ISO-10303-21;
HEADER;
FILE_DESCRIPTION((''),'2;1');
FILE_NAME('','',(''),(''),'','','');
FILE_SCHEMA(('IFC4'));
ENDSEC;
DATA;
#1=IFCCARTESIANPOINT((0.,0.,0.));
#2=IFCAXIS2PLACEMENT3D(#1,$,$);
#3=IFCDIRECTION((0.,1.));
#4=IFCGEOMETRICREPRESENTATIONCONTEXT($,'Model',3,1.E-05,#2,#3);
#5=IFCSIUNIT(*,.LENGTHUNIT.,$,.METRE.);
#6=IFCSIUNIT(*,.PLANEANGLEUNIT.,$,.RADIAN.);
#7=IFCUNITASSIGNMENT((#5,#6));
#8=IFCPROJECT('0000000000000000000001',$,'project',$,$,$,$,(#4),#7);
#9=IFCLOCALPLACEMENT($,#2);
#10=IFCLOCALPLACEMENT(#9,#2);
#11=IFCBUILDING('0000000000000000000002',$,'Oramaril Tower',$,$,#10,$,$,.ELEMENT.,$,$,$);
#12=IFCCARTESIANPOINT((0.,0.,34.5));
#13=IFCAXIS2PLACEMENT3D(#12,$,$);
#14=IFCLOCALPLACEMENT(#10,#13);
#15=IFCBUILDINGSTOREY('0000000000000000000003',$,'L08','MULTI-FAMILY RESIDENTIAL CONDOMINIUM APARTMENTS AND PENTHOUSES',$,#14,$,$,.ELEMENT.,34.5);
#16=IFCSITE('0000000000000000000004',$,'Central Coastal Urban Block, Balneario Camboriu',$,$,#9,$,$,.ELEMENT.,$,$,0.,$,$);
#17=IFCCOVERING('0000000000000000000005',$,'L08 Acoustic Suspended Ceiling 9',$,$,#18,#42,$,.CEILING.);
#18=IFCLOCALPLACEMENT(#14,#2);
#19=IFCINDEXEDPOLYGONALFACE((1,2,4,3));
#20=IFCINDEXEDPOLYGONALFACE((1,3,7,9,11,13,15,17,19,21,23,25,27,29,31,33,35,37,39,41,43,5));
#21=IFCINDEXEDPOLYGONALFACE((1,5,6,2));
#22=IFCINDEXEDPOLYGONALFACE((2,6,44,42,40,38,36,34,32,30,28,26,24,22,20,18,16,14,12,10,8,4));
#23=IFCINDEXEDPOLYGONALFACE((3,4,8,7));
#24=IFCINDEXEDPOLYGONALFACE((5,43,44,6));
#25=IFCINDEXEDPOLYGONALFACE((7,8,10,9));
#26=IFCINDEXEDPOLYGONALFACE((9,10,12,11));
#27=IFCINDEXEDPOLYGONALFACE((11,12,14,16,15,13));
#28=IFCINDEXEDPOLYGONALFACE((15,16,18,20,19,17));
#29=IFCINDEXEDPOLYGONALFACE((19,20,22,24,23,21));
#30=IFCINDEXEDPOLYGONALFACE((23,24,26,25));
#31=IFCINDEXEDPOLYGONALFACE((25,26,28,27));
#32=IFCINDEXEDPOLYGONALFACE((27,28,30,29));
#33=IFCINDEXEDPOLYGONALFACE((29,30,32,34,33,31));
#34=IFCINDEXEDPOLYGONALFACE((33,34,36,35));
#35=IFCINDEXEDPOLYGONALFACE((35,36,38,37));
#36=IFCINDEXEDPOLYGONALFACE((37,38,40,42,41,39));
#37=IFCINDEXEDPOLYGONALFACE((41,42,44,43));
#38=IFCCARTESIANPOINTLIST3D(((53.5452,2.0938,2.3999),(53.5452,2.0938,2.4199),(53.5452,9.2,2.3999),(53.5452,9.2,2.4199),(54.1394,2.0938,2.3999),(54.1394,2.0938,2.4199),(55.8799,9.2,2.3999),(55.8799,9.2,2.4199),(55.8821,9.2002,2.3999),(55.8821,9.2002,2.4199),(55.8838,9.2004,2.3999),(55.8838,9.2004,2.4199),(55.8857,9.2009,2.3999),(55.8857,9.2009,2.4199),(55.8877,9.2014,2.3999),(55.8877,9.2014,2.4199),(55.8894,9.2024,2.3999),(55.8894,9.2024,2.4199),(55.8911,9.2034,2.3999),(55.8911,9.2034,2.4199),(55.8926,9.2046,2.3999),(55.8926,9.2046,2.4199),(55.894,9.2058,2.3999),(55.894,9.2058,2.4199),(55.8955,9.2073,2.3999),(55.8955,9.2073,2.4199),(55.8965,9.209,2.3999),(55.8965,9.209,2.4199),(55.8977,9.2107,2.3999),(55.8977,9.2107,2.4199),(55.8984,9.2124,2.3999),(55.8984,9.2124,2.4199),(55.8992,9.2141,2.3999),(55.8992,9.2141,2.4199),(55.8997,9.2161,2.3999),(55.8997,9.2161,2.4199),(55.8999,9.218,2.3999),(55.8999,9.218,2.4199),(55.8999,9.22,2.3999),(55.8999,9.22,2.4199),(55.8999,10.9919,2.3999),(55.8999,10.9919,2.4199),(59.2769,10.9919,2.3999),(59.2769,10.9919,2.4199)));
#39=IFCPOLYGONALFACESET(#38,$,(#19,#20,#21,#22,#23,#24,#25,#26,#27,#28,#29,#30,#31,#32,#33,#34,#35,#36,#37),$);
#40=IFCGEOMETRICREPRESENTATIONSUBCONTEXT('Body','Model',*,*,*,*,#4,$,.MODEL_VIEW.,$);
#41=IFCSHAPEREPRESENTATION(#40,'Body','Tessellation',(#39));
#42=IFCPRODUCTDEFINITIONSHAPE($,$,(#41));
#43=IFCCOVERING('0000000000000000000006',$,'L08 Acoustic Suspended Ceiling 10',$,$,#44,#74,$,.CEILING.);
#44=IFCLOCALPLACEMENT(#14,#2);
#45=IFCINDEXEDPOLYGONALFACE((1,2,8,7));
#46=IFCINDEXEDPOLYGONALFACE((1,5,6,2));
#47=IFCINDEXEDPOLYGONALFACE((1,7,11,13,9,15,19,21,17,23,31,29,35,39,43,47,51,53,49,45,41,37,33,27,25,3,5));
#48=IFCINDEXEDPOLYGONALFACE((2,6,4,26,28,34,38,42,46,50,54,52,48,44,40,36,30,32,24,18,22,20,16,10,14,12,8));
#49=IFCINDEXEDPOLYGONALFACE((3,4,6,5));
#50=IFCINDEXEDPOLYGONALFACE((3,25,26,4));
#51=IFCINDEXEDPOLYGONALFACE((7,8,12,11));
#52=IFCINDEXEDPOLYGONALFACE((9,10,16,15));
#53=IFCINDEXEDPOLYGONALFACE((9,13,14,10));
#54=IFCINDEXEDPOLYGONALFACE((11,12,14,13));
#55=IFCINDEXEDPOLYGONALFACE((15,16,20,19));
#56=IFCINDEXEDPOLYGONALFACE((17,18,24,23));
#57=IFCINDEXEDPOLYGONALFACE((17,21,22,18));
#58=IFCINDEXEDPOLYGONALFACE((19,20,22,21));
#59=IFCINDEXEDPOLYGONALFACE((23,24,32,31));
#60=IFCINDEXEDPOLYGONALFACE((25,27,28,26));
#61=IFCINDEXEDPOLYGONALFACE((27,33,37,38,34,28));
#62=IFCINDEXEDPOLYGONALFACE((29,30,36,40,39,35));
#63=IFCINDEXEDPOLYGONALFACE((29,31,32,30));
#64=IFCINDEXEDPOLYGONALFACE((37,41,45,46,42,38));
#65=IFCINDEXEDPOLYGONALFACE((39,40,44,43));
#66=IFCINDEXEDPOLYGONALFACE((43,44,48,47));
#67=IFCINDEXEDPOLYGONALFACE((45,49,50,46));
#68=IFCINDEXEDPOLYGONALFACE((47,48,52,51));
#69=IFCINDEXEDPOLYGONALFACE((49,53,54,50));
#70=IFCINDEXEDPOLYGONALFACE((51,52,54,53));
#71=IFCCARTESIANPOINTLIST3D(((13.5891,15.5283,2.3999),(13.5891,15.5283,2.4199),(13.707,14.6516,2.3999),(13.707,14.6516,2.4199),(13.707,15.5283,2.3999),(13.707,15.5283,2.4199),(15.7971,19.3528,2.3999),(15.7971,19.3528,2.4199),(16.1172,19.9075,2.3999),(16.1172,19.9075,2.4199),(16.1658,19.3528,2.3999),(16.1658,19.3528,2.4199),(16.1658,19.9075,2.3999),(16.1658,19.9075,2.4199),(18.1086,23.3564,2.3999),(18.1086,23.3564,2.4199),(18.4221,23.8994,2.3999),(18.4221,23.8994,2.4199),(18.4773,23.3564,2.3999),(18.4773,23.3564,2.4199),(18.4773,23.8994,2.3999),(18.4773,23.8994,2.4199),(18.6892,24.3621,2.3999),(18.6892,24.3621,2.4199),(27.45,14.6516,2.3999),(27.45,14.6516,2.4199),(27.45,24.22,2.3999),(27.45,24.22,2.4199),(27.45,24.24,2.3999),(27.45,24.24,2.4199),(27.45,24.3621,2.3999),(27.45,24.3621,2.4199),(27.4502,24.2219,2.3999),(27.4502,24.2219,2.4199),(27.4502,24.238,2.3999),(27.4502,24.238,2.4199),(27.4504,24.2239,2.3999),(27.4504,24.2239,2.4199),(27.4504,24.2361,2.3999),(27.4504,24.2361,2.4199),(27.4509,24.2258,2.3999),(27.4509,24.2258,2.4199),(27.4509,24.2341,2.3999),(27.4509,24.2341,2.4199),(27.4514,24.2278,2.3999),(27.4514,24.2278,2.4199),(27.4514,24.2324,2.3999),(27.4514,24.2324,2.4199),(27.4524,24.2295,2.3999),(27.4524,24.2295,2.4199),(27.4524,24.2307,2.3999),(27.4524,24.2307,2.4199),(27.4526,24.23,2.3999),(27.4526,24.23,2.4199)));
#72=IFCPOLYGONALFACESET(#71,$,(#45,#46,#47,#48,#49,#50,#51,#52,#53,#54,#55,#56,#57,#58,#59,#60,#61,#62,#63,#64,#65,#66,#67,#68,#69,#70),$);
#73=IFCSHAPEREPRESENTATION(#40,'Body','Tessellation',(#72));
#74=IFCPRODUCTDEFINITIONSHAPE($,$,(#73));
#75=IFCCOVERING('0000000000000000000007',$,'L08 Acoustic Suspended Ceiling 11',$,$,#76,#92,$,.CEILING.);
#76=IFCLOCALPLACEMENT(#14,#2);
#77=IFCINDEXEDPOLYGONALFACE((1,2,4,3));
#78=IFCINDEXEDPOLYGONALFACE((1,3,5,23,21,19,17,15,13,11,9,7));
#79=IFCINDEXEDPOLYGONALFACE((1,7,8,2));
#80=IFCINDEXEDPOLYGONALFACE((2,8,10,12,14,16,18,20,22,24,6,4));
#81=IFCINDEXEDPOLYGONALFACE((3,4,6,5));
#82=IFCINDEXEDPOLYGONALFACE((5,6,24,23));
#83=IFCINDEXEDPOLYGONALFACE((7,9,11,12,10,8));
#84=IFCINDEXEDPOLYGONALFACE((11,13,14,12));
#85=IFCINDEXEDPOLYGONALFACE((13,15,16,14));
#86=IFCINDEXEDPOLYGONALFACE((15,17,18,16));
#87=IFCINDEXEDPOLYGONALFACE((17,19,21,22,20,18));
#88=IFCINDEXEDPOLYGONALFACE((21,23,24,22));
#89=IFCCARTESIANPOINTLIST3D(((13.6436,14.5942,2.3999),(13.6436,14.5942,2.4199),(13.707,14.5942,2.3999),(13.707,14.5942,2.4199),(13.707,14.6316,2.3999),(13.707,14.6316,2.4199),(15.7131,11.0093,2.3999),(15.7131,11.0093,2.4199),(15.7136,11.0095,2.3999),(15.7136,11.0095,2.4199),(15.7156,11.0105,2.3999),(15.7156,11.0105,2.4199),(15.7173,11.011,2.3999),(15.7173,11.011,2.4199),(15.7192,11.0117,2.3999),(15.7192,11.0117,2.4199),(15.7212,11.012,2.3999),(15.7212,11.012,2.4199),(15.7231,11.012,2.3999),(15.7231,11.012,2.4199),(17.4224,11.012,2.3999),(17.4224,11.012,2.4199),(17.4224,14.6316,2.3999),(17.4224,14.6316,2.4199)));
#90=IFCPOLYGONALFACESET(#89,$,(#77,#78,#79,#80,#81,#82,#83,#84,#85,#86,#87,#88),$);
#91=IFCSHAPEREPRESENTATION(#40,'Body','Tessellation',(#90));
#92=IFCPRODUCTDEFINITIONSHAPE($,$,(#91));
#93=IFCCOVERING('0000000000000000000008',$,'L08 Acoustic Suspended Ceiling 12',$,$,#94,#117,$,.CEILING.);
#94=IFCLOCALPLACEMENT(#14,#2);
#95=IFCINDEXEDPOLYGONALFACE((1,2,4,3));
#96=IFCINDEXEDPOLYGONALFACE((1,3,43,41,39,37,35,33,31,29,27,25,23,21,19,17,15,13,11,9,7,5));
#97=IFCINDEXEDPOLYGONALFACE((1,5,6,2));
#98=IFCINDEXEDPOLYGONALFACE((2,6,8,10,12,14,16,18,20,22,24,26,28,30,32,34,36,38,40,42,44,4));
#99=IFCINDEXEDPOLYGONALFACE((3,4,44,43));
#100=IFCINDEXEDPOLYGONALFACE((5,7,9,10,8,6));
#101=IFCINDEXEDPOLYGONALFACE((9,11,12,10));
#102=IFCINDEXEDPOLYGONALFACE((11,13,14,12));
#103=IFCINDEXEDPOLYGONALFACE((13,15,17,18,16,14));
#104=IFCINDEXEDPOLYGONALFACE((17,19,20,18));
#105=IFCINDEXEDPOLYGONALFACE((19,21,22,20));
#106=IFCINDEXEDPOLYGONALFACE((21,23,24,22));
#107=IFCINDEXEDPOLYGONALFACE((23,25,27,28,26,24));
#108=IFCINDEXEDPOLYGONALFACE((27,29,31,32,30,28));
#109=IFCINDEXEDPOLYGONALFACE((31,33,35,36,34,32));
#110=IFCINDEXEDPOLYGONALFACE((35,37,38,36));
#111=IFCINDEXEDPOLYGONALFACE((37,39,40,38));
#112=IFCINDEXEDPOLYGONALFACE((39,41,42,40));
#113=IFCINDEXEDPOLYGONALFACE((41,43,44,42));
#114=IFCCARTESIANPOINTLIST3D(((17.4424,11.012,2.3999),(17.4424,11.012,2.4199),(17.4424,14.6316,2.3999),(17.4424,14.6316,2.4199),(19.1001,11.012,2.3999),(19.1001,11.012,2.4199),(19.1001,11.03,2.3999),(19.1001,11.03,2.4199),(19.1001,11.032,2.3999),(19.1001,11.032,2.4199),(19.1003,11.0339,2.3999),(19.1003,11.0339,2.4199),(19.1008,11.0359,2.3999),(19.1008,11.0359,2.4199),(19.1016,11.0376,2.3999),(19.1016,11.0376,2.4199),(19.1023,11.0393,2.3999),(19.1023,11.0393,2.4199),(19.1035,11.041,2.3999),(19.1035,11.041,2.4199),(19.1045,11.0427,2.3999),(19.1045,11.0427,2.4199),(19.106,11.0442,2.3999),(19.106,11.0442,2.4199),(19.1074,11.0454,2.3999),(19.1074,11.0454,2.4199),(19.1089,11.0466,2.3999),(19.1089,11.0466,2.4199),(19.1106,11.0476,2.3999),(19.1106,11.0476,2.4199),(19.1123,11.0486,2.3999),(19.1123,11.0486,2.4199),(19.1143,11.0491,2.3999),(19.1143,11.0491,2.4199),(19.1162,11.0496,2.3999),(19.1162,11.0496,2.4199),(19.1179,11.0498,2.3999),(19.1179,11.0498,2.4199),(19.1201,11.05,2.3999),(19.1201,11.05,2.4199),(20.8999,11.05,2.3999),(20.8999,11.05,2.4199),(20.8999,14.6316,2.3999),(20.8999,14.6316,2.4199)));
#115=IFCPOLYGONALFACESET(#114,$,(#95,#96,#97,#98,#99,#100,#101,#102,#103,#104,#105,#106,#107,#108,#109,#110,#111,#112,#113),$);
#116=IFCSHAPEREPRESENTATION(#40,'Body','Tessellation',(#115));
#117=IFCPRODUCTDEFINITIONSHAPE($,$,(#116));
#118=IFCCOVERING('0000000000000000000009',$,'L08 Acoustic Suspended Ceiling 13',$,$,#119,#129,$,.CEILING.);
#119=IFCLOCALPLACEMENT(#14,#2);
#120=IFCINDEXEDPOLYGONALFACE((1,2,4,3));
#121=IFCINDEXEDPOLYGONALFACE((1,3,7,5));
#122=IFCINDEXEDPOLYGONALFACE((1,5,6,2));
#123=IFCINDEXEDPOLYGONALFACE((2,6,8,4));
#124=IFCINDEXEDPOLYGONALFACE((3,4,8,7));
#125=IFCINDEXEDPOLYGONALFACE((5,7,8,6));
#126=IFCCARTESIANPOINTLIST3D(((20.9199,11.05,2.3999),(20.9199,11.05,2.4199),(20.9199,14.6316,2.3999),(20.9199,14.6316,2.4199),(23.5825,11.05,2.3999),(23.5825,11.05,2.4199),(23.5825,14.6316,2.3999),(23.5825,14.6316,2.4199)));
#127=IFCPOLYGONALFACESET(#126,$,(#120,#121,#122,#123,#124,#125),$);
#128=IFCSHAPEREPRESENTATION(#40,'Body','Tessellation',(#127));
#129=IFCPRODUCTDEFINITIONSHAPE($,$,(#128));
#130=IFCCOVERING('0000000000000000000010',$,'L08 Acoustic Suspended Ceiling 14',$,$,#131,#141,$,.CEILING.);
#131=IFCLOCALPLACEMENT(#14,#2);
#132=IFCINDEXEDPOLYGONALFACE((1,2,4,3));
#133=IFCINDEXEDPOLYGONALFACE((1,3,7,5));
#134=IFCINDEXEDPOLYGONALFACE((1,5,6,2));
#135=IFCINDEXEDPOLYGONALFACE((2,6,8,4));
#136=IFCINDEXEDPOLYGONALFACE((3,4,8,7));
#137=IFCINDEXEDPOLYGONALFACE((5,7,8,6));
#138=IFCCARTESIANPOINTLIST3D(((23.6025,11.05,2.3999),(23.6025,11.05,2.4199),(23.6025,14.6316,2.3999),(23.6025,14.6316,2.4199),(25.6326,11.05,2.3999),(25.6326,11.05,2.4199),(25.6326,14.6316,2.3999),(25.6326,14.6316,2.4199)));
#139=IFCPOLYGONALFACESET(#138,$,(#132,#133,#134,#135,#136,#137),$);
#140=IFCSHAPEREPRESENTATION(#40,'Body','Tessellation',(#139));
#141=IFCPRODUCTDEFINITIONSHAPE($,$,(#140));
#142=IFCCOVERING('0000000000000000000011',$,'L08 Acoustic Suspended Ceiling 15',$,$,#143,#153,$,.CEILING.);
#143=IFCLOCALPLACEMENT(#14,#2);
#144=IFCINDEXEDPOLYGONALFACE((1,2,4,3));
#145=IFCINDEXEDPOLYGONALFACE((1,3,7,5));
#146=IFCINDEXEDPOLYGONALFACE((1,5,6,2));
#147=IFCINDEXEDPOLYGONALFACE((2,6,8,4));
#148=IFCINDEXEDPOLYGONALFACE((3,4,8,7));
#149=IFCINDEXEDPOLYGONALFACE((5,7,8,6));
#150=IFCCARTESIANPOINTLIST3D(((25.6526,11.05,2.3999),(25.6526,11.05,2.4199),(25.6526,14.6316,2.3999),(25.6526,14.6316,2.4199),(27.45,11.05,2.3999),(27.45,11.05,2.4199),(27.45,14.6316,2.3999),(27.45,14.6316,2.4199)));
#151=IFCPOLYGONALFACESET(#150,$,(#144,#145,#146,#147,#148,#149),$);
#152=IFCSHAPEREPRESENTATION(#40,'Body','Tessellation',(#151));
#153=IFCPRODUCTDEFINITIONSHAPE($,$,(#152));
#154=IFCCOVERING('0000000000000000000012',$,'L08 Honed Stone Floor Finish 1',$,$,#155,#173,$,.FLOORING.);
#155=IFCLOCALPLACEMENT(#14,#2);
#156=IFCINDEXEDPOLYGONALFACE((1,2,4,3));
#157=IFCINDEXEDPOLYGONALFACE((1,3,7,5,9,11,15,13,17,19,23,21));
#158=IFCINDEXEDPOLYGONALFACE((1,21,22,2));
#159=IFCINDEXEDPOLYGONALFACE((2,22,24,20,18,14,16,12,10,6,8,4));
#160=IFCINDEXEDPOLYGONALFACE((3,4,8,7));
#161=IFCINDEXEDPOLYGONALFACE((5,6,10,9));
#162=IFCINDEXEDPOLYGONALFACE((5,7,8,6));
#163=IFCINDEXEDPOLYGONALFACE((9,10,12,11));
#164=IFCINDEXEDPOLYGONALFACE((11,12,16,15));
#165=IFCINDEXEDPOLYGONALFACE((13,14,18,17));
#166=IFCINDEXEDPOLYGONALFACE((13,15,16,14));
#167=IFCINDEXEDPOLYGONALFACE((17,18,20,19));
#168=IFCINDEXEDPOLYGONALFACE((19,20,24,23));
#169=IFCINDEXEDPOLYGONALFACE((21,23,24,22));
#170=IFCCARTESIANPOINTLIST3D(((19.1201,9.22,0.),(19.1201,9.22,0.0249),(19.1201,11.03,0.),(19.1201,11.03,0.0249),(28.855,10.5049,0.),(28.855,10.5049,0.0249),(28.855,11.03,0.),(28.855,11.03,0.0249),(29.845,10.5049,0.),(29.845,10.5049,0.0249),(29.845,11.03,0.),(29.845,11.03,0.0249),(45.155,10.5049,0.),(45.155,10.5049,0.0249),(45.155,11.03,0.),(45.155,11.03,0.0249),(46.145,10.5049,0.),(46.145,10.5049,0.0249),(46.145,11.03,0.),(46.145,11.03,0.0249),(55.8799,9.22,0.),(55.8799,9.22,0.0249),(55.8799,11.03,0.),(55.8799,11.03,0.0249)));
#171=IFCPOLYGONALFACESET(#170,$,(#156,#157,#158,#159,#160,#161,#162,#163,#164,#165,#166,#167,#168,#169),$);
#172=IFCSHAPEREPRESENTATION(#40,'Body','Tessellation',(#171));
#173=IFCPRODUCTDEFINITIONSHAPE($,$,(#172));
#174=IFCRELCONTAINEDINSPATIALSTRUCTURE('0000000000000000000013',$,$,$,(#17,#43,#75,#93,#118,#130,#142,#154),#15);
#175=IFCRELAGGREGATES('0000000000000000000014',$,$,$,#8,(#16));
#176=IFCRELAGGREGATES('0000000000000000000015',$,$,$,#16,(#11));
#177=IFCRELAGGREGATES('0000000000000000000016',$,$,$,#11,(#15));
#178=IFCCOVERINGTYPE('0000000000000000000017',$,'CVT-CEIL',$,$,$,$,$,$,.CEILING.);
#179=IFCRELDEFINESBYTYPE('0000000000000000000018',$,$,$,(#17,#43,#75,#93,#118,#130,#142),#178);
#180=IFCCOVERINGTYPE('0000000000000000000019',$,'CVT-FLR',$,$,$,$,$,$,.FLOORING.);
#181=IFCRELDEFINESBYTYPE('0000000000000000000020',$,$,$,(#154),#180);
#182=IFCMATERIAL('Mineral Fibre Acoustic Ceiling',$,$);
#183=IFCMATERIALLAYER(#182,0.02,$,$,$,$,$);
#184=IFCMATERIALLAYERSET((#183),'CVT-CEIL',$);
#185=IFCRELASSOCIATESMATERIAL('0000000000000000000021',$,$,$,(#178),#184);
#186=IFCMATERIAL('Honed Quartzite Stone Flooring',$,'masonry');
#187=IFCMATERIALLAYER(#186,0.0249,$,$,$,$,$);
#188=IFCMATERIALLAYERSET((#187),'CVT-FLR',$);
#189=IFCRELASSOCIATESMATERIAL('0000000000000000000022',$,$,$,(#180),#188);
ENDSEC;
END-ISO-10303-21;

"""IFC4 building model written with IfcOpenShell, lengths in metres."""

from ifc_helpers import new_model, si_unit, direction, frame, origin, place, context, subcontext, project, spatial, polyline, outline, extrude, material, layer, layer_set, type_object, element, save


model = new_model("IFC4")

# Units and contexts
model_context = context("Model", 3, precision=1e-05, world=origin(), true_north=direction((0.0, 1.0)))
body_context = subcontext(model_context, "Body", "Model", "MODEL_VIEW")
ifc_project = project(units=[si_unit("LENGTHUNIT", "METRE"), si_unit("PLANEANGLEUNIT", "RADIAN")], contexts=[model_context])

# Site, building, storey
site_placement = place(None, origin())
site = spatial("IfcSite", under=ifc_project, at=site_placement, Name="Central Coastal Urban Block, Balneario Camboriu", CompositionType="ELEMENT", RefElevation=0.0)
building_placement = place(site_placement, origin())
building = spatial("IfcBuilding", under=site, at=building_placement, Name="Oramaril Tower", CompositionType="ELEMENT")
storey_placement = place(building_placement, frame((0.0, 0.0, 34.5)))
storey = spatial("IfcBuildingStorey", under=building, at=storey_placement, Name="L08", Description="MULTI-FAMILY RESIDENTIAL CONDOMINIUM APARTMENTS AND PENTHOUSES", CompositionType="ELEMENT", Elevation=34.5)

# Coverings
ifc_material_1 = material(Name="Mineral Fibre Acoustic Ceiling")
ifc_layer_1 = layer(ifc_material_1, 0.02)
ifc_layer_set_1 = layer_set([ifc_layer_1], Name="CVT-CEIL")
covering_type_1 = type_object("IfcCoveringType", Name="CVT-CEIL", PredefinedType="CEILING", material=ifc_layer_set_1)
covering_1_placement = place(storey_placement, frame((0.0, 0.0, 2.3999)))
element("IfcCovering", 1, at=covering_1_placement, inside=storey, type_object=covering_type_1, Name="L08 Acoustic Suspended Ceiling 9", PredefinedType="CEILING", context=body_context, shape_type="SweptSolid", body=[
    extrude(outline(polyline([(59.2769, 10.9919), (54.1394, 2.0938), (53.5452, 2.0938), (53.5452, 9.2), (55.8799, 9.2), (55.8821, 9.2002), (55.8838, 9.2004), (55.8857, 9.2009), (55.8877, 9.2014), (55.8894, 9.2024), (55.8911, 9.2034), (55.8926, 9.2046), (55.894, 9.2058), (55.8955, 9.2073), (55.8965, 9.209), (55.8977, 9.2107), (55.8984, 9.2124), (55.8992, 9.2141), (55.8997, 9.2161), (55.8999, 9.218), (55.8999, 9.22), (55.8999, 10.9919), (59.2769, 10.9919)])), origin(), (0.0, 0.0, 1.0), 0.02),
])
covering_2_placement = place(storey_placement, frame((0.0, 0.0, 2.3999)))
element("IfcCovering", 2, at=covering_2_placement, inside=storey, type_object=covering_type_1, Name="L08 Acoustic Suspended Ceiling 10", PredefinedType="CEILING", context=body_context, shape_type="SweptSolid", body=[
    extrude(outline(polyline([(13.707, 14.6516), (13.707, 15.5283), (13.5891, 15.5283), (15.7971, 19.3528), (16.1658, 19.3528), (16.1658, 19.9075), (16.1172, 19.9075), (18.1086, 23.3564), (18.4773, 23.3564), (18.4773, 23.8994), (18.4221, 23.8994), (18.6892, 24.3621), (27.45, 24.3621), (27.45, 24.24), (27.4502, 24.238), (27.4504, 24.2361), (27.4509, 24.2341), (27.4514, 24.2324), (27.4524, 24.2307), (27.4526, 24.23), (27.4524, 24.2295), (27.4514, 24.2278), (27.4509, 24.2258), (27.4504, 24.2239), (27.4502, 24.2219), (27.45, 24.22), (27.45, 14.6516), (13.707, 14.6516)])), origin(), (0.0, 0.0, 1.0), 0.02),
])
covering_3_placement = place(storey_placement, frame((0.0, 0.0, 2.3999)))
element("IfcCovering", 3, at=covering_3_placement, inside=storey, type_object=covering_type_1, Name="L08 Acoustic Suspended Ceiling 11", PredefinedType="CEILING", context=body_context, shape_type="SweptSolid", body=[
    extrude(outline(polyline([(13.707, 14.5942), (13.707, 14.6316), (17.4224, 14.6316), (17.4224, 11.012), (15.7231, 11.012), (15.7212, 11.012), (15.7192, 11.0117), (15.7173, 11.011), (15.7156, 11.0105), (15.7136, 11.0095), (15.7131, 11.0093), (13.6436, 14.5942), (13.707, 14.5942)])), origin(), (0.0, 0.0, 1.0), 0.02),
])
covering_4_placement = place(storey_placement, frame((0.0, 0.0, 2.3999)))
element("IfcCovering", 4, at=covering_4_placement, inside=storey, type_object=covering_type_1, Name="L08 Acoustic Suspended Ceiling 12", PredefinedType="CEILING", context=body_context, shape_type="SweptSolid", body=[
    extrude(outline(polyline([(20.8999, 11.05), (19.1201, 11.05), (19.1179, 11.0498), (19.1162, 11.0496), (19.1143, 11.0491), (19.1123, 11.0486), (19.1106, 11.0476), (19.1089, 11.0466), (19.1074, 11.0454), (19.106, 11.0442), (19.1045, 11.0427), (19.1035, 11.041), (19.1023, 11.0393), (19.1016, 11.0376), (19.1008, 11.0359), (19.1003, 11.0339), (19.1001, 11.032), (19.1001, 11.03), (19.1001, 11.012), (17.4424, 11.012), (17.4424, 14.6316), (20.8999, 14.6316), (20.8999, 11.05)])), origin(), (0.0, 0.0, 1.0), 0.02),
])
covering_5_placement = place(storey_placement, frame((0.0, 0.0, 2.3999)))
element("IfcCovering", 5, at=covering_5_placement, inside=storey, type_object=covering_type_1, Name="L08 Acoustic Suspended Ceiling 13", PredefinedType="CEILING", context=body_context, shape_type="SweptSolid", body=[
    extrude(outline(polyline([(23.5825, 11.05), (20.9199, 11.05), (20.9199, 14.6316), (23.5825, 14.6316), (23.5825, 11.05)])), origin(), (0.0, 0.0, 1.0), 0.02),
])
covering_6_placement = place(storey_placement, frame((0.0, 0.0, 2.3999)))
element("IfcCovering", 6, at=covering_6_placement, inside=storey, type_object=covering_type_1, Name="L08 Acoustic Suspended Ceiling 14", PredefinedType="CEILING", context=body_context, shape_type="SweptSolid", body=[
    extrude(outline(polyline([(25.6326, 11.05), (23.6025, 11.05), (23.6025, 14.6316), (25.6326, 14.6316), (25.6326, 11.05)])), origin(), (0.0, 0.0, 1.0), 0.02),
])
covering_7_placement = place(storey_placement, frame((0.0, 0.0, 2.3999)))
element("IfcCovering", 7, at=covering_7_placement, inside=storey, type_object=covering_type_1, Name="L08 Acoustic Suspended Ceiling 15", PredefinedType="CEILING", context=body_context, shape_type="SweptSolid", body=[
    extrude(outline(polyline([(25.6526, 14.6316), (27.45, 14.6316), (27.45, 11.05), (25.6526, 11.05), (25.6526, 14.6316)])), origin(), (0.0, 0.0, 1.0), 0.02),
])
ifc_material_2 = material(Name="Honed Quartzite Stone Flooring", Category="masonry")
ifc_layer_2 = layer(ifc_material_2, 0.0249)
ifc_layer_set_2 = layer_set([ifc_layer_2], Name="CVT-FLR")
covering_type_2 = type_object("IfcCoveringType", Name="CVT-FLR", PredefinedType="FLOORING", material=ifc_layer_set_2)
covering_8_placement = place(storey_placement, origin())
element("IfcCovering", 8, at=covering_8_placement, inside=storey, type_object=covering_type_2, Name="L08 Honed Stone Floor Finish 1", PredefinedType="FLOORING", context=body_context, shape_type="SweptSolid", body=[
    extrude(outline(polyline([(28.855, 10.5049), (29.845, 10.5049), (29.845, 11.03), (45.155, 11.03), (45.155, 10.5049), (46.145, 10.5049), (46.145, 11.03), (55.8799, 11.03), (55.8799, 9.22), (19.1201, 9.22), (19.1201, 11.03), (28.855, 11.03), (28.855, 10.5049)])), origin(), (0.0, 0.0, 1.0), 0.0249),
])

save(model, "model.ifc")
